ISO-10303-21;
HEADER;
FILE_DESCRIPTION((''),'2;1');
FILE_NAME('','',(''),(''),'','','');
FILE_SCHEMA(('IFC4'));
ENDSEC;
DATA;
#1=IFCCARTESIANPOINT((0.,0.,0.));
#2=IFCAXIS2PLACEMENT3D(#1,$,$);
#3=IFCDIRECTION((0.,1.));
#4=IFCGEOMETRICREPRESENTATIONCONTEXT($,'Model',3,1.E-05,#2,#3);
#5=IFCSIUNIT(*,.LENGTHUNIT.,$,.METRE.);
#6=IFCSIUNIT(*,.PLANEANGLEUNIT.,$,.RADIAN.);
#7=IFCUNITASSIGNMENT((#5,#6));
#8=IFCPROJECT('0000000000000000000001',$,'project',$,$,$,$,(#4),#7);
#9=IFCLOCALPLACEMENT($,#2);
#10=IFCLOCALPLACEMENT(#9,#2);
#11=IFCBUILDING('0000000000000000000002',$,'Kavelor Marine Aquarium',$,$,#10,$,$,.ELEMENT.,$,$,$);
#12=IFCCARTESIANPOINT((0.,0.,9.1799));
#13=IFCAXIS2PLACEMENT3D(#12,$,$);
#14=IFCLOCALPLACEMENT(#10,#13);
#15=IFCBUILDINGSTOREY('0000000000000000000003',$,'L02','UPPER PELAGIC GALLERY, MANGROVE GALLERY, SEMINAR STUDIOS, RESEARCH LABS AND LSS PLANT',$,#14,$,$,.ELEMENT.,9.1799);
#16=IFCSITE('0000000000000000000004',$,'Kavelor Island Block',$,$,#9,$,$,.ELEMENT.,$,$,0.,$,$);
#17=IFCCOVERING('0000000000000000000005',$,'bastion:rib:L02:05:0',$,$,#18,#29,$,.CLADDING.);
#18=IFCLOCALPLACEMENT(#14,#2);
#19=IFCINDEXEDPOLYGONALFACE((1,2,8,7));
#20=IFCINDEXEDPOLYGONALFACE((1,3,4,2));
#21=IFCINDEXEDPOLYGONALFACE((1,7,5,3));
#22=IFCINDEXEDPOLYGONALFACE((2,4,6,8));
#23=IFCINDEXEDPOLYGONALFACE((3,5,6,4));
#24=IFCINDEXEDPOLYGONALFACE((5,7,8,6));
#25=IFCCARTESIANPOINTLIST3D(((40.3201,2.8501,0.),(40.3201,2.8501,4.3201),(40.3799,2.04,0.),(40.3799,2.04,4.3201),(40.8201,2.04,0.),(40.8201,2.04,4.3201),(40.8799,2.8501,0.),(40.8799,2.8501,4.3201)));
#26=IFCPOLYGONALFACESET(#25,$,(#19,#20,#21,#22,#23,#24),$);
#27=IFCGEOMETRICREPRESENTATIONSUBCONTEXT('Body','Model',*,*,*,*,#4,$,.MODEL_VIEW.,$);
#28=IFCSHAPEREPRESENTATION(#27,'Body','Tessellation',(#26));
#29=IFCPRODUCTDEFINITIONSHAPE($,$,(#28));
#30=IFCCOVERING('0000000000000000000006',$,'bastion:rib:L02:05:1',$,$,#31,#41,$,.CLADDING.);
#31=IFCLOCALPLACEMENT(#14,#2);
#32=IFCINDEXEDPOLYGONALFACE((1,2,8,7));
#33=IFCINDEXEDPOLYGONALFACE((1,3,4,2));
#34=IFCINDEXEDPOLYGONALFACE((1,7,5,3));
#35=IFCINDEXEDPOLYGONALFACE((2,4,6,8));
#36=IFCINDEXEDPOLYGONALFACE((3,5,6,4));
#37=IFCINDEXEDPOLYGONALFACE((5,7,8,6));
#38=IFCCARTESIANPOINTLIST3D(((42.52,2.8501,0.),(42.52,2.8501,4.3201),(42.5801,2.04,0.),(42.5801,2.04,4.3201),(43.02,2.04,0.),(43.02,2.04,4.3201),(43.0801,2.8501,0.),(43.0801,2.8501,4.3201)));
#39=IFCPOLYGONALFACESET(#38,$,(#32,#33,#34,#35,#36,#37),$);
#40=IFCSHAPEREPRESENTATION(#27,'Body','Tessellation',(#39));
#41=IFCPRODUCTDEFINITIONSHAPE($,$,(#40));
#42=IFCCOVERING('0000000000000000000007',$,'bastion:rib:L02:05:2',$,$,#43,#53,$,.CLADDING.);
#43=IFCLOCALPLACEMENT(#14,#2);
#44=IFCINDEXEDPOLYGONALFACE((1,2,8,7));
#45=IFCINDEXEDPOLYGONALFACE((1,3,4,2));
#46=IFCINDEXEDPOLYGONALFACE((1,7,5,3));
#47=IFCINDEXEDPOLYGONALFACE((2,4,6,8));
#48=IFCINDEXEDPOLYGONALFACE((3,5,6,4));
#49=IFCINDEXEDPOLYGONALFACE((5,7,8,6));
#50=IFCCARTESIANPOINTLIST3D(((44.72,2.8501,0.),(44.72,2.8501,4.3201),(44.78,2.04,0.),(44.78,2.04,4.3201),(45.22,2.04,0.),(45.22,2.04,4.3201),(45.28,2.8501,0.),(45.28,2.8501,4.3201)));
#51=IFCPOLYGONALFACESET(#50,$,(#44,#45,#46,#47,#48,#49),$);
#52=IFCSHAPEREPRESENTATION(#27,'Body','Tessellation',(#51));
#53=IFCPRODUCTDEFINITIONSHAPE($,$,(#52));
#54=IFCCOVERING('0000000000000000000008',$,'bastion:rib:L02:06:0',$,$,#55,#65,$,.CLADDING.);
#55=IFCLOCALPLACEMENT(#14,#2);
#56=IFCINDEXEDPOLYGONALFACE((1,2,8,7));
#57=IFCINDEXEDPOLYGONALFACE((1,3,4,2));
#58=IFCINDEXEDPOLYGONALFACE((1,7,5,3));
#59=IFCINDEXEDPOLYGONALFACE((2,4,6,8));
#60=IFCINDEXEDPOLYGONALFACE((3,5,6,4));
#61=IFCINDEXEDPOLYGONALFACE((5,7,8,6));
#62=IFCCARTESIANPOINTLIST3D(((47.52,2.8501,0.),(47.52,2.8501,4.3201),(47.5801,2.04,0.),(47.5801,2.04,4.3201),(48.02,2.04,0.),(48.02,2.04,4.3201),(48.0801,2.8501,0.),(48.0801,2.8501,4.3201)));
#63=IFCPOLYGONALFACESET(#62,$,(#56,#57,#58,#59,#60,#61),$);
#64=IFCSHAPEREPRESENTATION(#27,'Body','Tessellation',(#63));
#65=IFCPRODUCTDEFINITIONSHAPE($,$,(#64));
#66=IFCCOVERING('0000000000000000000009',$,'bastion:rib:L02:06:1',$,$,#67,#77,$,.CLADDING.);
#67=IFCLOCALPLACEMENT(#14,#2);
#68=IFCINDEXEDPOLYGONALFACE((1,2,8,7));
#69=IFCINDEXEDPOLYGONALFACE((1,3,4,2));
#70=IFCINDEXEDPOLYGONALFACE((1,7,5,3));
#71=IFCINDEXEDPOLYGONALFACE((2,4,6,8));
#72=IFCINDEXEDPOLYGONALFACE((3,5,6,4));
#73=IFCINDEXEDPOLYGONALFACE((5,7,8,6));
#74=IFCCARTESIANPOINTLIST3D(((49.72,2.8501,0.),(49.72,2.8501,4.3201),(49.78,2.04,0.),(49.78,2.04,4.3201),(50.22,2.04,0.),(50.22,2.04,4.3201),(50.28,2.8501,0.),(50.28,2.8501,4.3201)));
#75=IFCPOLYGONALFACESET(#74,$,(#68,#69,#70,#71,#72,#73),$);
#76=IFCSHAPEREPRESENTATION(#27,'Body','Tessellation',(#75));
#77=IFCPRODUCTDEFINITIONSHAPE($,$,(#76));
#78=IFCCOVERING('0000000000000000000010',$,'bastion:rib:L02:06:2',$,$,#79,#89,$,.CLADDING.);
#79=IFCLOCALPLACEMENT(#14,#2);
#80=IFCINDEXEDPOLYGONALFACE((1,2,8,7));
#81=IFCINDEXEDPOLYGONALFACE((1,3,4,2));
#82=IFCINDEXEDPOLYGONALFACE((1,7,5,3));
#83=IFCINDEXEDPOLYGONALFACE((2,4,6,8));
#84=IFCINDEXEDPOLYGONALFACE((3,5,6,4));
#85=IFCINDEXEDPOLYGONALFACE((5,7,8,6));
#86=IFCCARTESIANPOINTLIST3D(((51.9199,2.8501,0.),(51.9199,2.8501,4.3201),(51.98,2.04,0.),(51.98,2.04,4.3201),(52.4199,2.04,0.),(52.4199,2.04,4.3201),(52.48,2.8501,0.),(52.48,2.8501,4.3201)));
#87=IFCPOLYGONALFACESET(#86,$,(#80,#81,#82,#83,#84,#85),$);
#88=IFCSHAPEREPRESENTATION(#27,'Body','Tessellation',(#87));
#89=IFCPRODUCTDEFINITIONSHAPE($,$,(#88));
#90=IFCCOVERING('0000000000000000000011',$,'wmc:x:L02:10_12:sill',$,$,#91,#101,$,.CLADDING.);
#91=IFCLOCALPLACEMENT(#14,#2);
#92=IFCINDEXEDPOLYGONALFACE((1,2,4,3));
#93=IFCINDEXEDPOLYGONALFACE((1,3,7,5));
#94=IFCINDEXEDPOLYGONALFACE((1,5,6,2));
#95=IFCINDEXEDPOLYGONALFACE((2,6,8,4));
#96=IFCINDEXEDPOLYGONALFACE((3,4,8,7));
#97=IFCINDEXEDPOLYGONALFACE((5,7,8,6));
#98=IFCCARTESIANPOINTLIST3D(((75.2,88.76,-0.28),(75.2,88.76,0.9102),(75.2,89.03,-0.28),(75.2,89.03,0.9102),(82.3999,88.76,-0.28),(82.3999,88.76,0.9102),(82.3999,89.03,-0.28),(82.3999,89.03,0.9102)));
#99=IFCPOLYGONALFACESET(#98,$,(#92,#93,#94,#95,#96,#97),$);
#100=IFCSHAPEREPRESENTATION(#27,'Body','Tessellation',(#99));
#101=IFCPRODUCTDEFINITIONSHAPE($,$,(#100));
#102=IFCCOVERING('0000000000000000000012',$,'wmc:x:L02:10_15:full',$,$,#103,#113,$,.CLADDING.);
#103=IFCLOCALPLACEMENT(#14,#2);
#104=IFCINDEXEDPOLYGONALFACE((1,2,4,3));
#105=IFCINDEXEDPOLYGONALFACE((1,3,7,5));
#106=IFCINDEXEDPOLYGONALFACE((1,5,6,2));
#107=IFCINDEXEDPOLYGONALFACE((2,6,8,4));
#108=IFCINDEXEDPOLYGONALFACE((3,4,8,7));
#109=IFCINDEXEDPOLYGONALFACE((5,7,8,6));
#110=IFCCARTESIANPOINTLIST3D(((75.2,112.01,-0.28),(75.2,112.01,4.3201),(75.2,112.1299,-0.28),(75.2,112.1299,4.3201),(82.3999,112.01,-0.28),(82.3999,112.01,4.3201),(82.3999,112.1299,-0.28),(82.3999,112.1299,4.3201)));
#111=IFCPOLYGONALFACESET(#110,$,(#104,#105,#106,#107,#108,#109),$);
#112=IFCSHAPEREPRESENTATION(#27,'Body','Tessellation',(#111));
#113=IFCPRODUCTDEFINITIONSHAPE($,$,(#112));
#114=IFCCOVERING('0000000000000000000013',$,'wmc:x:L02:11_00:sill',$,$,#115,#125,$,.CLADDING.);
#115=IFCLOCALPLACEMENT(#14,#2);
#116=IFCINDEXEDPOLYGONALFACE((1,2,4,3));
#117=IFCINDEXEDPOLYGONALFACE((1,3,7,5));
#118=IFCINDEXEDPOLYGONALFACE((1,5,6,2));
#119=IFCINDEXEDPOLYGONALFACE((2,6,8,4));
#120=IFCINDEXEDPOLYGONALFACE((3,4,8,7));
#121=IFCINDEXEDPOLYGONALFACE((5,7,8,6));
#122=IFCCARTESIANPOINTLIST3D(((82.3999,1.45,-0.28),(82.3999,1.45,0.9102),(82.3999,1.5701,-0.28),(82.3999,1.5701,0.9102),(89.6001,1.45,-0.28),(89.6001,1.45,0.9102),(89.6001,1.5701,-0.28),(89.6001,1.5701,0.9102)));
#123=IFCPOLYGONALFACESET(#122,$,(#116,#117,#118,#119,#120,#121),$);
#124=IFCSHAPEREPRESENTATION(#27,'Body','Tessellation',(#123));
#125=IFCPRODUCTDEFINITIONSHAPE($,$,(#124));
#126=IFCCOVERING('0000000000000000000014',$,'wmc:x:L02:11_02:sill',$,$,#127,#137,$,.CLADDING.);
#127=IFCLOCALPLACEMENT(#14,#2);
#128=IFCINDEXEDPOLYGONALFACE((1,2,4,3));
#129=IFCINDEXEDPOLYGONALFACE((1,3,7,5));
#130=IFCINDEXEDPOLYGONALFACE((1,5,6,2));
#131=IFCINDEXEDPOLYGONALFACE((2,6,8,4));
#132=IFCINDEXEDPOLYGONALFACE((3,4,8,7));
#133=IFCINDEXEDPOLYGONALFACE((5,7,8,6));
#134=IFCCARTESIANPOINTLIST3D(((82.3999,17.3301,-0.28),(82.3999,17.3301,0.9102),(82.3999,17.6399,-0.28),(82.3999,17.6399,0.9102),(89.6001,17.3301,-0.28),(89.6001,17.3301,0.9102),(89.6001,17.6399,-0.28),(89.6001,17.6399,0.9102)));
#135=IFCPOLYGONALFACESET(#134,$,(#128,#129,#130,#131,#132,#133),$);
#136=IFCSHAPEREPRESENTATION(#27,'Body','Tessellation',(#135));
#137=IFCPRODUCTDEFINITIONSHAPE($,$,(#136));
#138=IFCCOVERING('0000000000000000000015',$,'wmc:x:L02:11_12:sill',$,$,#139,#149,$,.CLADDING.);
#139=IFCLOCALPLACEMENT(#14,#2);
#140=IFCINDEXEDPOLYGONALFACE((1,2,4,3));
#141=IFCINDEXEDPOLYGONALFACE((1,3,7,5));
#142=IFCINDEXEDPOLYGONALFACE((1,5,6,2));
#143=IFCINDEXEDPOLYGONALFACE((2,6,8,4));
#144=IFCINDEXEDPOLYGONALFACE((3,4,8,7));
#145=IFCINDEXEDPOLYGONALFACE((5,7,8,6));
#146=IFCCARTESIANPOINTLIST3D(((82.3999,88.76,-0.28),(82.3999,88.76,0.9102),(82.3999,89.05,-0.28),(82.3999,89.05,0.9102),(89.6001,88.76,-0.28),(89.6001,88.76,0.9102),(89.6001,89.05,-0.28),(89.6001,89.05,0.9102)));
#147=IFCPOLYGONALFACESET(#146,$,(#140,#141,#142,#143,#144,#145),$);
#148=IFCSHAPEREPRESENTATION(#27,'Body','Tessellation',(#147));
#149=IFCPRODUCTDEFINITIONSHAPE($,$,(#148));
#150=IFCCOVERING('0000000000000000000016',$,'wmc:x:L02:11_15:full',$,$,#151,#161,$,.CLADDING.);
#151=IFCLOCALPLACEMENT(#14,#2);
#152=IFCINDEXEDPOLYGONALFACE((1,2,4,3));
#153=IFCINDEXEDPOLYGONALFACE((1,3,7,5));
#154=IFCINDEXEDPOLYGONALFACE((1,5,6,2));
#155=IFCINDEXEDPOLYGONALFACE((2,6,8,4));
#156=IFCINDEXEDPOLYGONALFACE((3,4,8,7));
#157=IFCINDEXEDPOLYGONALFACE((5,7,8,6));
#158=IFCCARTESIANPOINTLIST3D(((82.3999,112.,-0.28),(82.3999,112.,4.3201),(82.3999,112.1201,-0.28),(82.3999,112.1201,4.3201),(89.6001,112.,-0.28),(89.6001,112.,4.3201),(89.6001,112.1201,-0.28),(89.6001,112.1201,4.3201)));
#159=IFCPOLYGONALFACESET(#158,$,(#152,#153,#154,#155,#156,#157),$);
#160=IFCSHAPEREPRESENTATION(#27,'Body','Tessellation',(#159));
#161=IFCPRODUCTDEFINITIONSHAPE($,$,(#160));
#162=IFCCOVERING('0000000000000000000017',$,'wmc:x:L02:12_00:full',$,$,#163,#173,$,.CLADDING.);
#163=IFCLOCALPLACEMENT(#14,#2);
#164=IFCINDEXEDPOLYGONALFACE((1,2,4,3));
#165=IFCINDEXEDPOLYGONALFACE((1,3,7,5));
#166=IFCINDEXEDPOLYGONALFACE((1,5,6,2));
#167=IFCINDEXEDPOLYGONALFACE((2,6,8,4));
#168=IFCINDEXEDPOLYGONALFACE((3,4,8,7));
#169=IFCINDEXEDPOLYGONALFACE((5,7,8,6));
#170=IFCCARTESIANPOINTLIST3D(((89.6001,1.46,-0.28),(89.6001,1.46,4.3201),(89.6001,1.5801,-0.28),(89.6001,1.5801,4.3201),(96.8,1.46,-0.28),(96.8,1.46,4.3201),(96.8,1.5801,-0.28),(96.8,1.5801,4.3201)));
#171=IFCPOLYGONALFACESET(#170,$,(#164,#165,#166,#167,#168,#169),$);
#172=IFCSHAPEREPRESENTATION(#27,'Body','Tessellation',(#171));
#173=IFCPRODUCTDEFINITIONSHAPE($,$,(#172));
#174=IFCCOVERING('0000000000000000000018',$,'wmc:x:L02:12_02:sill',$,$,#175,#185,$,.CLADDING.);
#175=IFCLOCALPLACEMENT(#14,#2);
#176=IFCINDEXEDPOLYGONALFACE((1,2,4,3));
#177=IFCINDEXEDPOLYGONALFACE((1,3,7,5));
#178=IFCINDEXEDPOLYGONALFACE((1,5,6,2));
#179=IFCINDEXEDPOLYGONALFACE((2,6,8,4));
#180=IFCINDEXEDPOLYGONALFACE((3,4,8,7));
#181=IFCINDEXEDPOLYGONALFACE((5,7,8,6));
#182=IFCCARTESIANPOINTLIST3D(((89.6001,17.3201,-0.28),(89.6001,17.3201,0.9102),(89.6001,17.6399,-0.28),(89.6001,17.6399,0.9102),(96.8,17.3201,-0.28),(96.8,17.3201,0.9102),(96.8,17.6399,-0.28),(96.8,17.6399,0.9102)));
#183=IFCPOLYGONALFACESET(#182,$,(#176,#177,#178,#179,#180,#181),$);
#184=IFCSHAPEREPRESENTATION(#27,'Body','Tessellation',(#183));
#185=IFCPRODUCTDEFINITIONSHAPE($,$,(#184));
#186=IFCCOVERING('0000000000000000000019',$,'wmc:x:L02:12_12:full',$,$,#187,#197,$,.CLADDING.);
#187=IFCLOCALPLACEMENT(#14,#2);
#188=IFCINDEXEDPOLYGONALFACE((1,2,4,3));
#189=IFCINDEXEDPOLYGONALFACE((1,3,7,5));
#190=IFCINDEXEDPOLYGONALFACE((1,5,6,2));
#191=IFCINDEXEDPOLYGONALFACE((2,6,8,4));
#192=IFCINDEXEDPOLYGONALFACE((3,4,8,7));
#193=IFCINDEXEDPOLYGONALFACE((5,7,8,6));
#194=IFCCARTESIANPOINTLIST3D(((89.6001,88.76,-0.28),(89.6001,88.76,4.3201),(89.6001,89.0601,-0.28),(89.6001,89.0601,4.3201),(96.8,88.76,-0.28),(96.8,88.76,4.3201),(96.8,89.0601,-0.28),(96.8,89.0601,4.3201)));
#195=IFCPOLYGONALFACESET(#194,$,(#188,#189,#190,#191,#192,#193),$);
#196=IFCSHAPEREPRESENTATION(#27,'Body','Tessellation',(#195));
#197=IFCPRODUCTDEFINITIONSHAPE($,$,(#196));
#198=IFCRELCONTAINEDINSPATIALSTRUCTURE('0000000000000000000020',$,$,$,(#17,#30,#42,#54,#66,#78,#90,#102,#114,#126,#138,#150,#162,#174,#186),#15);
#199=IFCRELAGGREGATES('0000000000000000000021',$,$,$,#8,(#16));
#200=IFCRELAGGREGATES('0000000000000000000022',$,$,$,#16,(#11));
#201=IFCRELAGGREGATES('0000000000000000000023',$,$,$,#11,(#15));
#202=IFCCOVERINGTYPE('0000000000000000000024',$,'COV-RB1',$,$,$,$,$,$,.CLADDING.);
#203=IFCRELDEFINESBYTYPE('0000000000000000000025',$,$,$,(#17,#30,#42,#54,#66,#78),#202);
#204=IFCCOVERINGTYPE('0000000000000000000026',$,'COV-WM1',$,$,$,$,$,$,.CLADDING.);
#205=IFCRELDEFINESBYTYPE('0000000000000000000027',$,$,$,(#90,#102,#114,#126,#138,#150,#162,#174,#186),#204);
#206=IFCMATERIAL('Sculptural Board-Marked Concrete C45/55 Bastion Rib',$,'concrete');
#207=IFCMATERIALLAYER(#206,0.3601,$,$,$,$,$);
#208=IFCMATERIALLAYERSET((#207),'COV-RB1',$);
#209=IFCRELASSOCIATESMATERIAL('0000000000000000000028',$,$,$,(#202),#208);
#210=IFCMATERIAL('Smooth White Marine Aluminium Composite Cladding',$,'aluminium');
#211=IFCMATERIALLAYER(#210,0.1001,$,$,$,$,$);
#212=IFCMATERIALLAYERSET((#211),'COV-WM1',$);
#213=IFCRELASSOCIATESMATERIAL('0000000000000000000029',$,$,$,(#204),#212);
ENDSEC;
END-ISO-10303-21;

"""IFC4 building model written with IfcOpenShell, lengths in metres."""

from ifc_helpers import new_model, si_unit, direction, frame, origin, place, context, subcontext, project, spatial, polyline, outline, extrude, material, layer, layer_set, type_object, element, save


model = new_model("IFC4")

# Units and contexts
model_context = context("Model", 3, precision=1e-05, world=origin(), true_north=direction((0.0, 1.0)))
body_context = subcontext(model_context, "Body", "Model", "MODEL_VIEW")
ifc_project = project(units=[si_unit("LENGTHUNIT", "METRE"), si_unit("PLANEANGLEUNIT", "RADIAN")], contexts=[model_context])

# Site, building, storey
site_placement = place(None, origin())
site = spatial("IfcSite", under=ifc_project, at=site_placement, Name="Kavelor Island Block", CompositionType="ELEMENT", RefElevation=0.0)
building_placement = place(site_placement, origin())
building = spatial("IfcBuilding", under=site, at=building_placement, Name="Kavelor Marine Aquarium", CompositionType="ELEMENT")
storey_placement = place(building_placement, frame((0.0, 0.0, 9.1799)))
storey = spatial("IfcBuildingStorey", under=building, at=storey_placement, Name="L02", Description="UPPER PELAGIC GALLERY, MANGROVE GALLERY, SEMINAR STUDIOS, RESEARCH LABS AND LSS PLANT", CompositionType="ELEMENT", Elevation=9.1799)

# Coverings
ifc_material_1 = material(Name="Sculptural Board-Marked Concrete C45/55 Bastion Rib", Category="concrete")
ifc_layer_1 = layer(ifc_material_1, 0.3601)
ifc_layer_set_1 = layer_set([ifc_layer_1], Name="COV-RB1")
covering_type_1 = type_object("IfcCoveringType", Name="COV-RB1", PredefinedType="CLADDING", material=ifc_layer_set_1)
covering_1_placement = place(storey_placement, origin())
element("IfcCovering", 1, at=covering_1_placement, inside=storey, type_object=covering_type_1, Name="bastion:rib:L02:05:0", PredefinedType="CLADDING", context=body_context, shape_type="SweptSolid", body=[
    extrude(outline(polyline([(40.3799, 2.04), (40.8201, 2.04), (40.8799, 2.8501), (40.3201, 2.8501), (40.3799, 2.04)])), origin(), (0.0, 0.0, 1.0), 4.3201),
])
covering_2_placement = place(storey_placement, origin())
element("IfcCovering", 2, at=covering_2_placement, inside=storey, type_object=covering_type_1, Name="bastion:rib:L02:05:1", PredefinedType="CLADDING", context=body_context, shape_type="SweptSolid", body=[
    extrude(outline(polyline([(42.5801, 2.04), (43.02, 2.04), (43.0801, 2.8501), (42.52, 2.8501), (42.5801, 2.04)])), origin(), (0.0, 0.0, 1.0), 4.3201),
])
covering_3_placement = place(storey_placement, origin())
element("IfcCovering", 3, at=covering_3_placement, inside=storey, type_object=covering_type_1, Name="bastion:rib:L02:05:2", PredefinedType="CLADDING", context=body_context, shape_type="SweptSolid", body=[
    extrude(outline(polyline([(44.78, 2.04), (45.22, 2.04), (45.28, 2.8501), (44.72, 2.8501), (44.78, 2.04)])), origin(), (0.0, 0.0, 1.0), 4.3201),
])
covering_4_placement = place(storey_placement, origin())
element("IfcCovering", 4, at=covering_4_placement, inside=storey, type_object=covering_type_1, Name="bastion:rib:L02:06:0", PredefinedType="CLADDING", context=body_context, shape_type="SweptSolid", body=[
    extrude(outline(polyline([(47.5801, 2.04), (48.02, 2.04), (48.0801, 2.8501), (47.52, 2.8501), (47.5801, 2.04)])), origin(), (0.0, 0.0, 1.0), 4.3201),
])
covering_5_placement = place(storey_placement, origin())
element("IfcCovering", 5, at=covering_5_placement, inside=storey, type_object=covering_type_1, Name="bastion:rib:L02:06:1", PredefinedType="CLADDING", context=body_context, shape_type="SweptSolid", body=[
    extrude(outline(polyline([(49.78, 2.04), (50.22, 2.04), (50.28, 2.8501), (49.72, 2.8501), (49.78, 2.04)])), origin(), (0.0, 0.0, 1.0), 4.3201),
])
covering_6_placement = place(storey_placement, origin())
element("IfcCovering", 6, at=covering_6_placement, inside=storey, type_object=covering_type_1, Name="bastion:rib:L02:06:2", PredefinedType="CLADDING", context=body_context, shape_type="SweptSolid", body=[
    extrude(outline(polyline([(51.98, 2.04), (52.4199, 2.04), (52.48, 2.8501), (51.9199, 2.8501), (51.98, 2.04)])), origin(), (0.0, 0.0, 1.0), 4.3201),
])
ifc_material_2 = material(Name="Smooth White Marine Aluminium Composite Cladding", Category="aluminium")
ifc_layer_2 = layer(ifc_material_2, 0.1001)
ifc_layer_set_2 = layer_set([ifc_layer_2], Name="COV-WM1")
covering_type_2 = type_object("IfcCoveringType", Name="COV-WM1", PredefinedType="CLADDING", material=ifc_layer_set_2)
covering_7_placement = place(storey_placement, frame((0.0, 0.0, -0.28)))
element("IfcCovering", 7, at=covering_7_placement, inside=storey, type_object=covering_type_2, Name="wmc:x:L02:10_12:sill", PredefinedType="CLADDING", context=body_context, shape_type="SweptSolid", body=[
    extrude(outline(polyline([(75.2, 88.76), (82.3999, 88.76), (82.3999, 89.03), (75.2, 89.03), (75.2, 88.76)])), origin(), (0.0, 0.0, 1.0), 1.1902),
])
covering_8_placement = place(storey_placement, frame((0.0, 0.0, -0.28)))
element("IfcCovering", 8, at=covering_8_placement, inside=storey, type_object=covering_type_2, Name="wmc:x:L02:10_15:full", PredefinedType="CLADDING", context=body_context, shape_type="SweptSolid", body=[
    extrude(outline(polyline([(75.2, 112.01), (82.3999, 112.01), (82.3999, 112.1299), (75.2, 112.1299), (75.2, 112.01)])), origin(), (0.0, 0.0, 1.0), 4.6001),
])
covering_9_placement = place(storey_placement, frame((0.0, 0.0, -0.28)))
element("IfcCovering", 9, at=covering_9_placement, inside=storey, type_object=covering_type_2, Name="wmc:x:L02:11_00:sill", PredefinedType="CLADDING", context=body_context, shape_type="SweptSolid", body=[
    extrude(outline(polyline([(82.3999, 1.45), (89.6001, 1.45), (89.6001, 1.5701), (82.3999, 1.5701), (82.3999, 1.45)])), origin(), (0.0, 0.0, 1.0), 1.1902),
])
covering_10_placement = place(storey_placement, frame((0.0, 0.0, -0.28)))
element("IfcCovering", 10, at=covering_10_placement, inside=storey, type_object=covering_type_2, Name="wmc:x:L02:11_02:sill", PredefinedType="CLADDING", context=body_context, shape_type="SweptSolid", body=[
    extrude(outline(polyline([(82.3999, 17.3301), (89.6001, 17.3301), (89.6001, 17.6399), (82.3999, 17.6399), (82.3999, 17.3301)])), origin(), (0.0, 0.0, 1.0), 1.1902),
])
covering_11_placement = place(storey_placement, frame((0.0, 0.0, -0.28)))
element("IfcCovering", 11, at=covering_11_placement, inside=storey, type_object=covering_type_2, Name="wmc:x:L02:11_12:sill", PredefinedType="CLADDING", context=body_context, shape_type="SweptSolid", body=[
    extrude(outline(polyline([(82.3999, 88.76), (89.6001, 88.76), (89.6001, 89.05), (82.3999, 89.05), (82.3999, 88.76)])), origin(), (0.0, 0.0, 1.0), 1.1902),
])
covering_12_placement = place(storey_placement, frame((0.0, 0.0, -0.28)))
element("IfcCovering", 12, at=covering_12_placement, inside=storey, type_object=covering_type_2, Name="wmc:x:L02:11_15:full", PredefinedType="CLADDING", context=body_context, shape_type="SweptSolid", body=[
    extrude(outline(polyline([(82.3999, 112.0), (89.6001, 112.0), (89.6001, 112.1201), (82.3999, 112.1201), (82.3999, 112.0)])), origin(), (0.0, 0.0, 1.0), 4.6001),
])
covering_13_placement = place(storey_placement, frame((0.0, 0.0, -0.28)))
element("IfcCovering", 13, at=covering_13_placement, inside=storey, type_object=covering_type_2, Name="wmc:x:L02:12_00:full", PredefinedType="CLADDING", context=body_context, shape_type="SweptSolid", body=[
    extrude(outline(polyline([(89.6001, 1.46), (96.8, 1.46), (96.8, 1.5801), (89.6001, 1.5801), (89.6001, 1.46)])), origin(), (0.0, 0.0, 1.0), 4.6001),
])
covering_14_placement = place(storey_placement, frame((0.0, 0.0, -0.28)))
element("IfcCovering", 14, at=covering_14_placement, inside=storey, type_object=covering_type_2, Name="wmc:x:L02:12_02:sill", PredefinedType="CLADDING", context=body_context, shape_type="SweptSolid", body=[
    extrude(outline(polyline([(89.6001, 17.3201), (96.8, 17.3201), (96.8, 17.6399), (89.6001, 17.6399), (89.6001, 17.3201)])), origin(), (0.0, 0.0, 1.0), 1.1902),
])
covering_15_placement = place(storey_placement, frame((0.0, 0.0, -0.28)))
element("IfcCovering", 15, at=covering_15_placement, inside=storey, type_object=covering_type_2, Name="wmc:x:L02:12_12:full", PredefinedType="CLADDING", context=body_context, shape_type="SweptSolid", body=[
    extrude(outline(polyline([(89.6001, 88.76), (96.8, 88.76), (96.8, 89.0601), (89.6001, 89.0601), (89.6001, 88.76)])), origin(), (0.0, 0.0, 1.0), 4.6001),
])

save(model, "model.ifc")
